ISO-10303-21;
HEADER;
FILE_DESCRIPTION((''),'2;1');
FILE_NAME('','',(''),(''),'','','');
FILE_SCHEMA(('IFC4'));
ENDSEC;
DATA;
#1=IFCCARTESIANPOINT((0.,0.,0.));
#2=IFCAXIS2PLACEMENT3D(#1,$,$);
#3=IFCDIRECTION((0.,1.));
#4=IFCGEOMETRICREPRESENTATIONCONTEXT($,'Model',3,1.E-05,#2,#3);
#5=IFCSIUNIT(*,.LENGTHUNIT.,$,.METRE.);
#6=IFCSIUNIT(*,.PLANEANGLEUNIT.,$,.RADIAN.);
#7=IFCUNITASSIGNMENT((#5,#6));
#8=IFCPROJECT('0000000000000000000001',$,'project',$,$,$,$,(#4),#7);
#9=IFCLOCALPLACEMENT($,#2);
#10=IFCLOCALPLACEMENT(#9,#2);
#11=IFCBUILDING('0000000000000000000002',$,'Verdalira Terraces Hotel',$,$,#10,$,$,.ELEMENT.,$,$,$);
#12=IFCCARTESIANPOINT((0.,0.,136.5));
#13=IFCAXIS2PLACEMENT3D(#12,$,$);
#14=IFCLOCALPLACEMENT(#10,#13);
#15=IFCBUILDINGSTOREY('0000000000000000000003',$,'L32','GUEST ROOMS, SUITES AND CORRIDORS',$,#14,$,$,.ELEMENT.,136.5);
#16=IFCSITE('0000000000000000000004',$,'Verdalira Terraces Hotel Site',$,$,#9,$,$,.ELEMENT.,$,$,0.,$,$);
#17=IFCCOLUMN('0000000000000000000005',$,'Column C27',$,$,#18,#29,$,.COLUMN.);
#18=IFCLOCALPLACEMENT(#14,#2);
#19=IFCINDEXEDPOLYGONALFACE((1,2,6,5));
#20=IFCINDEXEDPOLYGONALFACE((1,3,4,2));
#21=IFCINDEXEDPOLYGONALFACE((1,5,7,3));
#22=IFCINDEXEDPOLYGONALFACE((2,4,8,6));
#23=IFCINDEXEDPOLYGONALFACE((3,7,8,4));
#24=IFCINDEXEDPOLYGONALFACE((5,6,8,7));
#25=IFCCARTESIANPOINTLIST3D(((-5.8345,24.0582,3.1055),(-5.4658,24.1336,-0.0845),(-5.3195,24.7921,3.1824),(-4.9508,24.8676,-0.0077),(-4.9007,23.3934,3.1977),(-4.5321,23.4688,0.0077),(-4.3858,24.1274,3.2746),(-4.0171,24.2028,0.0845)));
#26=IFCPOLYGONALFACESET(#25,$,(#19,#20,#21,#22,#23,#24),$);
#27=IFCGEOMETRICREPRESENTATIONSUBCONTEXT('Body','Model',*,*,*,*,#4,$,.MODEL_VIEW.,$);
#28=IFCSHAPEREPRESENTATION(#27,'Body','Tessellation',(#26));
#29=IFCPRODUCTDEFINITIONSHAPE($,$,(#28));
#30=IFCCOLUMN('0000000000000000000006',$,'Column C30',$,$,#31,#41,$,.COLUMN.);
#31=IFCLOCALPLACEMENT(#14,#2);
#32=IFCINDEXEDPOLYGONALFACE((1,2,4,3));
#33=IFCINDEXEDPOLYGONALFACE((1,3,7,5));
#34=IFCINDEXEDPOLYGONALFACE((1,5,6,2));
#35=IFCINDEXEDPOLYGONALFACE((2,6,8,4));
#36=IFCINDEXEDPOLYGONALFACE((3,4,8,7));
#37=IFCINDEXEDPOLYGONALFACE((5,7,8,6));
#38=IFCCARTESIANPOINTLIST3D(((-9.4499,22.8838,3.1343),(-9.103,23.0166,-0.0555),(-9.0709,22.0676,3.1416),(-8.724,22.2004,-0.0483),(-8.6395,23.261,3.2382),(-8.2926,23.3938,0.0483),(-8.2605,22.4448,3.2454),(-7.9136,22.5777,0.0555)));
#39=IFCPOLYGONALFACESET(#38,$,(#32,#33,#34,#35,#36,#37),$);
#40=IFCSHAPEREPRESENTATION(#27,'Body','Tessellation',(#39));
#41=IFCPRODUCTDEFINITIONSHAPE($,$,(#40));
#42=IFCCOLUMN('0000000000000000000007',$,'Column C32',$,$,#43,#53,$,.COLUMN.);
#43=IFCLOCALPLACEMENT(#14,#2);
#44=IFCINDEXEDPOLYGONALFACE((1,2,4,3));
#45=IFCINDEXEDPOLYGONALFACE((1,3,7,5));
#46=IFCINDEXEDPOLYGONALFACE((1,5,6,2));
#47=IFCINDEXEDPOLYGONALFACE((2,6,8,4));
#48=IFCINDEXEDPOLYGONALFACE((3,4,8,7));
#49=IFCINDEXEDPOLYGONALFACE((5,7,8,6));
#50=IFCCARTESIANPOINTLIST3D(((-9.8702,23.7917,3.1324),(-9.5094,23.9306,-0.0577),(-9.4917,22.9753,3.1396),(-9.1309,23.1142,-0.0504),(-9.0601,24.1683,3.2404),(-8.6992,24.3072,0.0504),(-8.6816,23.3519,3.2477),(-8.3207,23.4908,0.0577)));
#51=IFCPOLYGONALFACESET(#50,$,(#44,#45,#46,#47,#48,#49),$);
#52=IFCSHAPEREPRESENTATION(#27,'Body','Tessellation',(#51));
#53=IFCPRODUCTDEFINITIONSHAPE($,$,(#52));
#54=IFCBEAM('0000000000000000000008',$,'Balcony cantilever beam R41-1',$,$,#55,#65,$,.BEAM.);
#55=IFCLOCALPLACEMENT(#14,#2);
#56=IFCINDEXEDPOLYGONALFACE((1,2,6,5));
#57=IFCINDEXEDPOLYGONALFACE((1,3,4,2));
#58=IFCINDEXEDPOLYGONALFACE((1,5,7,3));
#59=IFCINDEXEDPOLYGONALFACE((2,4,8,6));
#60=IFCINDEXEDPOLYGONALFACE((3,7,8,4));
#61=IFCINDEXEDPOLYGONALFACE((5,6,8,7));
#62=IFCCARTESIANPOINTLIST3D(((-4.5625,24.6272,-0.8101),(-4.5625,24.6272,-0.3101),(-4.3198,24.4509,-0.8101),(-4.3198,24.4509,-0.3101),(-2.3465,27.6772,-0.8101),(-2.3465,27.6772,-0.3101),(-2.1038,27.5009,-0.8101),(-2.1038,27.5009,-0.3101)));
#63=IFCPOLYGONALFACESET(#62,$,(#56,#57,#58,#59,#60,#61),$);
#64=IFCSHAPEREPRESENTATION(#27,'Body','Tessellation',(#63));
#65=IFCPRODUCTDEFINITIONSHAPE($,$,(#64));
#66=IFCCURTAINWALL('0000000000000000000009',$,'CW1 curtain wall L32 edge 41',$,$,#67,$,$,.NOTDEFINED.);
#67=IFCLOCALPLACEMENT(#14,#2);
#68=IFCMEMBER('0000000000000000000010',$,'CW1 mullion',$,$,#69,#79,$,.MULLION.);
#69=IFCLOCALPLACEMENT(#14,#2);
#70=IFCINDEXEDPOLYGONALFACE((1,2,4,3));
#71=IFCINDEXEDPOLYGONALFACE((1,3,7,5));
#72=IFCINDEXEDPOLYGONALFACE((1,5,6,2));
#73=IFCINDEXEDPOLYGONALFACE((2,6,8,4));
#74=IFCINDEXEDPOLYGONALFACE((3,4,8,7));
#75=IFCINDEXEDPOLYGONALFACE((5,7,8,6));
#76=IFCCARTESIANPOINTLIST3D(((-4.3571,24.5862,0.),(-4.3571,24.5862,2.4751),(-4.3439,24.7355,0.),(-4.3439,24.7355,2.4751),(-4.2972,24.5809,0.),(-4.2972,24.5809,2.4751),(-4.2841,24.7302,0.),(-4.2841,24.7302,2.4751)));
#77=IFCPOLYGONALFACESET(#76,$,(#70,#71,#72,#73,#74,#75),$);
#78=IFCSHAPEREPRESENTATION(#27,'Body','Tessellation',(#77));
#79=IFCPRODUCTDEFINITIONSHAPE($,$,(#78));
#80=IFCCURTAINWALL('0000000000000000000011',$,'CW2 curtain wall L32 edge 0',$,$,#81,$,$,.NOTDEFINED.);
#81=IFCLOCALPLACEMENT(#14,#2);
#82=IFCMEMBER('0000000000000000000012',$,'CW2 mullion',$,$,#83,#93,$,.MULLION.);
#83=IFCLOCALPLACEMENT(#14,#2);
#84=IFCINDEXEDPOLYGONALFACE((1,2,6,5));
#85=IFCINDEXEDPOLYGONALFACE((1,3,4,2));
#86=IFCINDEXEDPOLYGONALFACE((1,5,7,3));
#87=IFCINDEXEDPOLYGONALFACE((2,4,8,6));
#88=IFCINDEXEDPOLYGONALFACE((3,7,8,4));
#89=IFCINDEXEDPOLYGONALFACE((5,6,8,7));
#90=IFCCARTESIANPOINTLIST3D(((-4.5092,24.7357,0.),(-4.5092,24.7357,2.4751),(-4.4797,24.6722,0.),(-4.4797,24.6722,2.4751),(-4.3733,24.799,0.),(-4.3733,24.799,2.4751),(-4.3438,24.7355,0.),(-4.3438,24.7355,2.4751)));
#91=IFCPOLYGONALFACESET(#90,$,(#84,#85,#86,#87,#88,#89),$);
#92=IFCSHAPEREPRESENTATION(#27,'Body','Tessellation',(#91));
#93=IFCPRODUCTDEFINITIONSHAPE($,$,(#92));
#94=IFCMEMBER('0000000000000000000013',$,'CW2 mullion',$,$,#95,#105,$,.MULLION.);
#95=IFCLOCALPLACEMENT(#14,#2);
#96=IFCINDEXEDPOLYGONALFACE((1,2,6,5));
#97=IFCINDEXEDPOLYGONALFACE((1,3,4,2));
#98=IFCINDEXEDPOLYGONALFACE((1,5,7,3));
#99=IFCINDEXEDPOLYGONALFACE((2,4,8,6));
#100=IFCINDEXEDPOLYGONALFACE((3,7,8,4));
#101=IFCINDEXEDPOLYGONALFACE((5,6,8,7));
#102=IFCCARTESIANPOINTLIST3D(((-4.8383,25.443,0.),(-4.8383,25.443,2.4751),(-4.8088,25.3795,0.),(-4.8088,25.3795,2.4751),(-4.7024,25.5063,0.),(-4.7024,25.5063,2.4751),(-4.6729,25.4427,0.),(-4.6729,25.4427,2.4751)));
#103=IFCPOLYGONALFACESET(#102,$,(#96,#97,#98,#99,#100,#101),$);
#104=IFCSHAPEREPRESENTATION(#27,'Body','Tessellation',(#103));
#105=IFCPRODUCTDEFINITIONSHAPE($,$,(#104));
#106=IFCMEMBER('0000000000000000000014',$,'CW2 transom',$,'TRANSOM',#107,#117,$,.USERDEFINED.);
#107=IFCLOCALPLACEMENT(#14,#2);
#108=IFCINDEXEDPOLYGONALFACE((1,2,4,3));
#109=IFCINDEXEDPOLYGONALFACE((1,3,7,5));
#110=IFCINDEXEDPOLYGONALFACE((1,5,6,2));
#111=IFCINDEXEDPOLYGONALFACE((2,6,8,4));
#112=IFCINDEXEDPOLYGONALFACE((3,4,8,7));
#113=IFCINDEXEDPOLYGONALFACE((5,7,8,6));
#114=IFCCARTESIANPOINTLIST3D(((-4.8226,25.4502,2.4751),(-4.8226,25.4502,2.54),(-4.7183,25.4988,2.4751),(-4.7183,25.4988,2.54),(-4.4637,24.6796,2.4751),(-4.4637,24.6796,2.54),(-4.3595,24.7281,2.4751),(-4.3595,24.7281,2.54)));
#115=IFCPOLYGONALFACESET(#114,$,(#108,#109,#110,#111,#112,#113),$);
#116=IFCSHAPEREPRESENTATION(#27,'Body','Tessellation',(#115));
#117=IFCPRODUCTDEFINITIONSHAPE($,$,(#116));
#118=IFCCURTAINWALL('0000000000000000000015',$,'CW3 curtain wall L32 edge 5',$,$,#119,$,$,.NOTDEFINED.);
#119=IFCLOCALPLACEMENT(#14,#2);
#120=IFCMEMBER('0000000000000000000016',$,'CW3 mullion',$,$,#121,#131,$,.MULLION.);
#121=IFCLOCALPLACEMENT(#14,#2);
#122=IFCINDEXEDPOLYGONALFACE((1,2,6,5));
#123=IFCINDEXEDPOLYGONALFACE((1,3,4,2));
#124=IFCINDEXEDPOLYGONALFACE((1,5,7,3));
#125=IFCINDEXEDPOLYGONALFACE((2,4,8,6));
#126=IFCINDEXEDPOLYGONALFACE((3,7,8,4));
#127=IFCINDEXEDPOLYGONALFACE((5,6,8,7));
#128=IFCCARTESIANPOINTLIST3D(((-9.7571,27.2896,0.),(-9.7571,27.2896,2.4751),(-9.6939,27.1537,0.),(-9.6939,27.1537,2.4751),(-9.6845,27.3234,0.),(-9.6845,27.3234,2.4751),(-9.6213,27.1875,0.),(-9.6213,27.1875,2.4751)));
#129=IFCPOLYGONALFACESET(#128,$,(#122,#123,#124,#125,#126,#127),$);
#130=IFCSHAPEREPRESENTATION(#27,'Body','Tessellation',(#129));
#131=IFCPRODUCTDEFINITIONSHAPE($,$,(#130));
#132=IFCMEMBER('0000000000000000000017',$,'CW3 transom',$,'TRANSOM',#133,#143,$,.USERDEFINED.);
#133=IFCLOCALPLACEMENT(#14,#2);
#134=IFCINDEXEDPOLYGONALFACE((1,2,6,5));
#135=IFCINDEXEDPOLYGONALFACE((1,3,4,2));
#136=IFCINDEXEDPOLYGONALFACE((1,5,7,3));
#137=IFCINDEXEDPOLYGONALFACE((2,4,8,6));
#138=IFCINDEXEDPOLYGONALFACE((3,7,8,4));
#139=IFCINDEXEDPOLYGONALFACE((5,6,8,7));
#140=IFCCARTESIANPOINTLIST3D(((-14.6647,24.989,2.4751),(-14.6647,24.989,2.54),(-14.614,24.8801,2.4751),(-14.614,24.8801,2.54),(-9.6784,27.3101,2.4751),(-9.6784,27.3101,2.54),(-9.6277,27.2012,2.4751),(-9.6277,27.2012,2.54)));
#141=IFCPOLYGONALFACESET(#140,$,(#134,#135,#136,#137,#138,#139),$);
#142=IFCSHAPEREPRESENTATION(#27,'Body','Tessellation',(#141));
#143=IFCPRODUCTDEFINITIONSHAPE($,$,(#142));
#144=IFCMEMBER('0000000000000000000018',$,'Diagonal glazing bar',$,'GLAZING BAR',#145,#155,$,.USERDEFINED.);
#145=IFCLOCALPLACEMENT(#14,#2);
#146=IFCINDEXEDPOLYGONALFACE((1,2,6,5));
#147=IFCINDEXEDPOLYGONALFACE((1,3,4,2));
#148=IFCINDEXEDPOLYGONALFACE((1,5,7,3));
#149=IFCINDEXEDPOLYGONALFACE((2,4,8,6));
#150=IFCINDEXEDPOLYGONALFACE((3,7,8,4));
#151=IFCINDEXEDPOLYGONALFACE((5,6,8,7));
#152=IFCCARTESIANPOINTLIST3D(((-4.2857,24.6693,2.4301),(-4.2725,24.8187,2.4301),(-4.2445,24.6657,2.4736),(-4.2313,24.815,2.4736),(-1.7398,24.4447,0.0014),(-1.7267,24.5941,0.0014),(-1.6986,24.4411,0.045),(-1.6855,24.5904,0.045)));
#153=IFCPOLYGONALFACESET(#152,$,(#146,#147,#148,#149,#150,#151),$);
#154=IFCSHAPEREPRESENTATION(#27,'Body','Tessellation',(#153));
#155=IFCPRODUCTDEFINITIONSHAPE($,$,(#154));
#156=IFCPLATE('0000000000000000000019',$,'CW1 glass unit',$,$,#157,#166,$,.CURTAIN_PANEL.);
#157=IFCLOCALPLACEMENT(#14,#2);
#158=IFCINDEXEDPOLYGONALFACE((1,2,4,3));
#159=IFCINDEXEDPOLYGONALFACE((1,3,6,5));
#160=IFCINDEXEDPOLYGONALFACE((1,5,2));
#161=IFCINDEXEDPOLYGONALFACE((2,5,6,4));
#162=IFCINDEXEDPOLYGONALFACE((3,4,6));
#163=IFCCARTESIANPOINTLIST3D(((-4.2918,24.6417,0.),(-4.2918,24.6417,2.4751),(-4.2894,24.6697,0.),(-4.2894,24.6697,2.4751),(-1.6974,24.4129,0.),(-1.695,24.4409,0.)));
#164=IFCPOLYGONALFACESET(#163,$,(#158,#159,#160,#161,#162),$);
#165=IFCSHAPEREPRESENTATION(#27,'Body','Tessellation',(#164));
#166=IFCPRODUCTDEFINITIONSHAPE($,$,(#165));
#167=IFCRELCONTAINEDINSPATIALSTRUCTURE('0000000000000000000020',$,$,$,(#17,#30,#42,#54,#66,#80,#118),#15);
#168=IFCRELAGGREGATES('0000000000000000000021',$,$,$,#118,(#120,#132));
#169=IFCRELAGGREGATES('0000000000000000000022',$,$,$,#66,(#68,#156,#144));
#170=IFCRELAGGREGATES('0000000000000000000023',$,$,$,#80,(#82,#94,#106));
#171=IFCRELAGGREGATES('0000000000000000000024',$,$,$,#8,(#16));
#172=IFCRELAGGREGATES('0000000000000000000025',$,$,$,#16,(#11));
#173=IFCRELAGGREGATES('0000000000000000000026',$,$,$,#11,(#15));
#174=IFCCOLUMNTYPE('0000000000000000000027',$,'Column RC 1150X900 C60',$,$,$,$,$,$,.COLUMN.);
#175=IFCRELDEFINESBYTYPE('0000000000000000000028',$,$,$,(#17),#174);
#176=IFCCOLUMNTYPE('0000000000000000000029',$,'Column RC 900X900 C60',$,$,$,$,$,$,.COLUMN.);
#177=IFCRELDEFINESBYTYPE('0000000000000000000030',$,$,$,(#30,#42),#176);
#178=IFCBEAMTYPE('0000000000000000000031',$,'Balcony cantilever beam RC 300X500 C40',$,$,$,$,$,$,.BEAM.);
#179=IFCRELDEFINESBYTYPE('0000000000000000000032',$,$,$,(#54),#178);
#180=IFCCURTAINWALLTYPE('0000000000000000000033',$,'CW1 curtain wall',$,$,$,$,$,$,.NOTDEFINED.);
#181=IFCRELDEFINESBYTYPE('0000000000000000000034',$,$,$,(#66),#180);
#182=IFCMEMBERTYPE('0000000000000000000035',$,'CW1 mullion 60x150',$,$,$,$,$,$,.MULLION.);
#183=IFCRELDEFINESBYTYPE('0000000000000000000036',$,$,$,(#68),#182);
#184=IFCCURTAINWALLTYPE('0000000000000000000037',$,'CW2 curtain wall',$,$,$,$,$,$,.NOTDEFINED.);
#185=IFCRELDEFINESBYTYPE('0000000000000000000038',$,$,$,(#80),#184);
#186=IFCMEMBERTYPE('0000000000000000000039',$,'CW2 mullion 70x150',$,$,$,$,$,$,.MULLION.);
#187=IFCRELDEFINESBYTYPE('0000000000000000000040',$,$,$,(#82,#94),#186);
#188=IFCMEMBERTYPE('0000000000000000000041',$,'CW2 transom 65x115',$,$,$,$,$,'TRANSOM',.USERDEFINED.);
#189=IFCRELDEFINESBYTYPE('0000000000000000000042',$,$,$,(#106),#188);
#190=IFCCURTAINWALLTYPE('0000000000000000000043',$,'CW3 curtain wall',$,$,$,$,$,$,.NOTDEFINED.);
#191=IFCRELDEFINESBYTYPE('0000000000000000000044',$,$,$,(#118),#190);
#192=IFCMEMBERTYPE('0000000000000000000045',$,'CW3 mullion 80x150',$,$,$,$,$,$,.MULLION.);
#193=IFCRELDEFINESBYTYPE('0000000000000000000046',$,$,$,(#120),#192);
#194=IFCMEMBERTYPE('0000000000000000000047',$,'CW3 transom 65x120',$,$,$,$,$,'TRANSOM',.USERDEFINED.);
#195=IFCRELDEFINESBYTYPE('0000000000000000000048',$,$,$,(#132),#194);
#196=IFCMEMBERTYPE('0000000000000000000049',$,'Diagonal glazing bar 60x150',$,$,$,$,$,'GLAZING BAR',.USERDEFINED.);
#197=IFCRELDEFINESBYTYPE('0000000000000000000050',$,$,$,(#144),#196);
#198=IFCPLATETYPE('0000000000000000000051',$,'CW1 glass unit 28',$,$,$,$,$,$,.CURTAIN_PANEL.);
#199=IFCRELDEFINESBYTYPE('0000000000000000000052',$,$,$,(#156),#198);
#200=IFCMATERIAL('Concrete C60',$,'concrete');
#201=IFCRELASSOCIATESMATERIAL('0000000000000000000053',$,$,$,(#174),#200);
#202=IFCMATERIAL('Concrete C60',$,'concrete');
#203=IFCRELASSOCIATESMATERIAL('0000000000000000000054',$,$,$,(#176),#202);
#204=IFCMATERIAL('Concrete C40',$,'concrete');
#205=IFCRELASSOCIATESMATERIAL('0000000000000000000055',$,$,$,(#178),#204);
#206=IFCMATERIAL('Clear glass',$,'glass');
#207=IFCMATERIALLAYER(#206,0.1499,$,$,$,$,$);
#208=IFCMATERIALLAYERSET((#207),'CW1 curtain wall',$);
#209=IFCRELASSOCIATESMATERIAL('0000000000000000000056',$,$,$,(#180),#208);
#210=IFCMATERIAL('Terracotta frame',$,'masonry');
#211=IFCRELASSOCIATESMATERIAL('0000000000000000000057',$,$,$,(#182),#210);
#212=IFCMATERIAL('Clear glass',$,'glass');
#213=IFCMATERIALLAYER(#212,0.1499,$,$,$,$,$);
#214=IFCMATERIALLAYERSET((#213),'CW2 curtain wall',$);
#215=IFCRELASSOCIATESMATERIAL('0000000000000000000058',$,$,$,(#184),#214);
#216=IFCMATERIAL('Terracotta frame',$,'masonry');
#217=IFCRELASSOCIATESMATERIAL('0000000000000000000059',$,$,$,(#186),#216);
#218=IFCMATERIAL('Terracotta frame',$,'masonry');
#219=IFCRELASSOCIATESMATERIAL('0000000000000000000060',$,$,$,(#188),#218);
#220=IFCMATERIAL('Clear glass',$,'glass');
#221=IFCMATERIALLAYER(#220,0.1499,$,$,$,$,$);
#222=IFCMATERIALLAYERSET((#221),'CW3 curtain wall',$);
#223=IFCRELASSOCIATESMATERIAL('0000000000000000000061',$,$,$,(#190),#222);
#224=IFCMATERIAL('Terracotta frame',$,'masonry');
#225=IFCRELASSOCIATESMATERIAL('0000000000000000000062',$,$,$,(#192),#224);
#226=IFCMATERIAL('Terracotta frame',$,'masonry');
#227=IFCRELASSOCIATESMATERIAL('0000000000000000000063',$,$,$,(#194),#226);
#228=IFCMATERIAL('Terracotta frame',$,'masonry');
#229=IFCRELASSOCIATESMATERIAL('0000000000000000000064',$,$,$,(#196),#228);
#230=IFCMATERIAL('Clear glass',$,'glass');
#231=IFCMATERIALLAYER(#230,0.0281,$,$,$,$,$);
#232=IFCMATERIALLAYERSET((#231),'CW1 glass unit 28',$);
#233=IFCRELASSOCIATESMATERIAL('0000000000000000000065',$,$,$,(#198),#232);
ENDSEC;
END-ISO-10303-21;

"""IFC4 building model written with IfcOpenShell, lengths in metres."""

from ifc_helpers import new_model, si_unit, direction, frame, origin, origin_2d, place, context, subcontext, project, spatial, polyline, rectangle, outline, extrude, material, layer, layer_set, material_profile, profile_set, type_object, element, aggregate, save


model = new_model("IFC4")

# Units and contexts
model_context = context("Model", 3, precision=1e-05, world=origin(), true_north=direction((0.0, 1.0)))
body_context = subcontext(model_context, "Body", "Model", "MODEL_VIEW")
ifc_project = project(units=[si_unit("LENGTHUNIT", "METRE"), si_unit("PLANEANGLEUNIT", "RADIAN")], contexts=[model_context])

# Site, building, storey
site_placement = place(None, origin())
site = spatial("IfcSite", under=ifc_project, at=site_placement, Name="Verdalira Terraces Hotel Site", CompositionType="ELEMENT", RefElevation=0.0)
building_placement = place(site_placement, origin())
building = spatial("IfcBuilding", under=site, at=building_placement, Name="Verdalira Terraces Hotel", CompositionType="ELEMENT")
storey_placement = place(building_placement, frame((0.0, 0.0, 136.5)))
storey = spatial("IfcBuildingStorey", under=building, at=storey_placement, Name="L32", Description="GUEST ROOMS, SUITES AND CORRIDORS", CompositionType="ELEMENT", Elevation=136.5)

# Columns
ifc_material_1 = material(Name="Concrete C60", Category="concrete")
ifc_material_profile_1 = material_profile(ifc_material_1, rectangle(XDim=1.1499, YDim=0.8999, at=origin_2d()), Name="RC 1150X900")
ifc_profile_set_1 = profile_set([ifc_material_profile_1], Name="Concrete C60")
column_type_1 = type_object("IfcColumnType", Name="Column RC 1150X900 C60", PredefinedType="COLUMN", material=ifc_profile_set_1)
column_1_placement = place(storey_placement, frame((-4.7415, 24.1682, 0.0), z_axis=(-0.114771, -0.023486, 0.993114), x_axis=(0.812005, -0.578118, 0.080169)))
element("IfcColumn", 1, at=column_1_placement, inside=storey, type_object=column_type_1, Name="Column C27", PredefinedType="COLUMN", context=body_context, shape_type="SweptSolid", body=[
    extrude(rectangle(XDim=1.1499, YDim=0.8999, at=origin_2d()), origin(), (0.0, 0.0, 1.0), 3.2122),
])
ifc_material_2 = material(Name="Concrete C60", Category="concrete")
ifc_material_profile_2 = material_profile(ifc_material_2, rectangle(XDim=0.8999, YDim=0.8999, at=origin_2d()), Name="RC 900X900")
ifc_profile_set_2 = profile_set([ifc_material_profile_2], Name="Concrete C60")
column_type_2 = type_object("IfcColumnType", Name="Column RC 900X900 C60", PredefinedType="COLUMN", material=ifc_profile_set_2)
column_2_placement = place(storey_placement, frame((-8.5083, 22.7971, 0.0), z_axis=(-0.108026, -0.041355, 0.993288), x_axis=(-0.421154, 0.906954, -0.008042)))
element("IfcColumn", 2, at=column_2_placement, inside=storey, type_object=column_type_2, Name="Column C30", PredefinedType="COLUMN", context=body_context, shape_type="SweptSolid", body=[
    extrude(rectangle(XDim=0.8999, YDim=0.8999, at=origin_2d()), origin(), (0.0, 0.0, 1.0), 3.2114),
])
column_3_placement = place(storey_placement, frame((-8.915, 23.7107, 0.0), z_axis=(-0.112296, -0.043232, 0.992734), x_axis=(-0.420609, 0.907206, -0.008071)))
element("IfcColumn", 3, at=column_3_placement, inside=storey, type_object=column_type_2, Name="Column C32", PredefinedType="COLUMN", context=body_context, shape_type="SweptSolid", body=[
    extrude(rectangle(XDim=0.8999, YDim=0.8999, at=origin_2d()), origin(), (0.0, 0.0, 1.0), 3.2134),
])

# Beam
ifc_material_3 = material(Name="Concrete C40", Category="concrete")
ifc_material_profile_3 = material_profile(ifc_material_3, rectangle(XDim=0.3, YDim=0.5, at=origin_2d()), Name="RC 300X500")
ifc_profile_set_3 = profile_set([ifc_material_profile_3], Name="Concrete C40")
beam_type = type_object("IfcBeamType", Name="Balcony cantilever beam RC 300X500 C40", PredefinedType="BEAM", material=ifc_profile_set_3)
beam_placement = place(storey_placement, frame((-4.4412, 24.5391, -0.5601), z_axis=(0.587798, 0.809008, 0.0), x_axis=(-0.809008, 0.587798, 0.0)))
element("IfcBeam", 4, at=beam_placement, inside=storey, type_object=beam_type, Name="Balcony cantilever beam R41-1", PredefinedType="BEAM", context=body_context, shape_type="SweptSolid", body=[
    extrude(rectangle(XDim=0.3, YDim=0.5, at=origin_2d()), origin(), (0.0, 0.0, 1.0), 3.77),
])

# Curtain wall, member
ifc_material_4 = material(Name="Clear glass", Category="glass")
ifc_layer_1 = layer(ifc_material_4, 0.1499)
ifc_layer_set_1 = layer_set([ifc_layer_1], Name="CW1 curtain wall")
curtain_wall_type_1 = type_object("IfcCurtainWallType", Name="CW1 curtain wall", PredefinedType="NOTDEFINED", material=ifc_layer_set_1)
curtain_wall_1_placement = place(storey_placement, origin())
curtain_wall_1 = element("IfcCurtainWall", 5, at=curtain_wall_1_placement, inside=storey, type_object=curtain_wall_type_1, Name="CW1 curtain wall L32 edge 41", PredefinedType="NOTDEFINED")
ifc_material_5 = material(Name="Terracotta frame", Category="masonry")
ifc_material_profile_4 = material_profile(ifc_material_5, rectangle(XDim=0.0601, YDim=0.1499, at=origin_2d()), Name="MU 60x150")
ifc_profile_set_4 = profile_set([ifc_material_profile_4], Name="Terracotta frame")
member_type_1 = type_object("IfcMemberType", Name="CW1 mullion 60x150", PredefinedType="MULLION", material=ifc_profile_set_4)
member_1_placement = place(storey_placement, frame((-4.3206, 24.6582, 0.0), z_axis=(0.0, 0.0, 1.0), x_axis=(-0.996134, 0.087851, 0.0)))
member_1 = element("IfcMember", 6, at=member_1_placement, type_object=member_type_1, Name="CW1 mullion", PredefinedType="MULLION", context=body_context, shape_type="SweptSolid", body=[
    extrude(rectangle(XDim=0.0601, YDim=0.1499, at=origin_2d()), origin(), (0.0, 0.0, 1.0), 2.4751),
])

# Curtain walls, members
ifc_material_6 = material(Name="Clear glass", Category="glass")
ifc_layer_2 = layer(ifc_material_6, 0.1499)
ifc_layer_set_2 = layer_set([ifc_layer_2], Name="CW2 curtain wall")
curtain_wall_type_2 = type_object("IfcCurtainWallType", Name="CW2 curtain wall", PredefinedType="NOTDEFINED", material=ifc_layer_set_2)
curtain_wall_2_placement = place(storey_placement, origin())
curtain_wall_2 = element("IfcCurtainWall", 7, at=curtain_wall_2_placement, inside=storey, type_object=curtain_wall_type_2, Name="CW2 curtain wall L32 edge 0", PredefinedType="NOTDEFINED")
ifc_material_7 = material(Name="Terracotta frame", Category="masonry")
ifc_material_profile_5 = material_profile(ifc_material_7, rectangle(XDim=0.0701, YDim=0.1499, at=origin_2d()), Name="MU 70x150")
ifc_profile_set_5 = profile_set([ifc_material_profile_5], Name="Terracotta frame")
member_type_2 = type_object("IfcMemberType", Name="CW2 mullion 70x150", PredefinedType="MULLION", material=ifc_profile_set_5)
member_2_placement = place(storey_placement, frame((-4.4265, 24.7356, 0.0), z_axis=(0.0, 0.0, 1.0), x_axis=(-0.421985, 0.906603, 0.0)))
member_2 = element("IfcMember", 8, at=member_2_placement, type_object=member_type_2, Name="CW2 mullion", PredefinedType="MULLION", context=body_context, shape_type="SweptSolid", body=[
    extrude(rectangle(XDim=0.0701, YDim=0.1499, at=origin_2d()), origin(), (0.0, 0.0, 1.0), 2.4751),
])
member_3_placement = place(storey_placement, frame((-4.7556, 25.4429, 0.0), z_axis=(0.0, 0.0, 1.0), x_axis=(-0.421985, 0.906603, 0.0)))
member_3 = element("IfcMember", 9, at=member_3_placement, type_object=member_type_2, Name="CW2 mullion", PredefinedType="MULLION", context=body_context, shape_type="SweptSolid", body=[
    extrude(rectangle(XDim=0.0701, YDim=0.1499, at=origin_2d()), origin(), (0.0, 0.0, 1.0), 2.4751),
])
ifc_material_8 = material(Name="Terracotta frame", Category="masonry")
ifc_material_profile_6 = material_profile(ifc_material_8, rectangle(XDim=0.115, YDim=0.0649, at=origin_2d()), Name="TR 65x115")
ifc_profile_set_6 = profile_set([ifc_material_profile_6], Name="Terracotta frame")
member_type_3 = type_object("IfcMemberType", Name="CW2 transom 65x115", ElementType="TRANSOM", PredefinedType="USERDEFINED", material=ifc_profile_set_6)
member_4_placement = place(storey_placement, frame((-4.4116, 24.7039, 2.5076), z_axis=(-0.422115, 0.906542, 0.0), x_axis=(-0.906542, -0.422115, 0.0)))
member_4 = element("IfcMember", 10, at=member_4_placement, type_object=member_type_3, Name="CW2 transom", ObjectType="TRANSOM", PredefinedType="USERDEFINED", context=body_context, shape_type="SweptSolid", body=[
    extrude(rectangle(XDim=0.115, YDim=0.0649, at=origin_2d()), origin(), (0.0, 0.0, 1.0), 0.8501),
])
ifc_material_9 = material(Name="Clear glass", Category="glass")
ifc_layer_3 = layer(ifc_material_9, 0.1499)
ifc_layer_set_3 = layer_set([ifc_layer_3], Name="CW3 curtain wall")
curtain_wall_type_3 = type_object("IfcCurtainWallType", Name="CW3 curtain wall", PredefinedType="NOTDEFINED", material=ifc_layer_set_3)
curtain_wall_3_placement = place(storey_placement, origin())
curtain_wall_3 = element("IfcCurtainWall", 11, at=curtain_wall_3_placement, inside=storey, type_object=curtain_wall_type_3, Name="CW3 curtain wall L32 edge 5", PredefinedType="NOTDEFINED")
ifc_material_10 = material(Name="Terracotta frame", Category="masonry")
ifc_material_profile_7 = material_profile(ifc_material_10, rectangle(XDim=0.0801, YDim=0.1499, at=origin_2d()), Name="MU 80x150")
ifc_profile_set_7 = profile_set([ifc_material_profile_7], Name="Terracotta frame")
member_type_4 = type_object("IfcMemberType", Name="CW3 mullion 80x150", PredefinedType="MULLION", material=ifc_profile_set_7)
member_5_placement = place(storey_placement, frame((-9.6892, 27.2385, 0.0), z_axis=(0.0, 0.0, 1.0), x_axis=(-0.906603, -0.421985, 0.0)))
member_5 = element("IfcMember", 12, at=member_5_placement, type_object=member_type_4, Name="CW3 mullion", PredefinedType="MULLION", context=body_context, shape_type="SweptSolid", body=[
    extrude(rectangle(XDim=0.0801, YDim=0.1499, at=origin_2d()), origin(), (0.0, 0.0, 1.0), 2.4751),
])
ifc_material_11 = material(Name="Terracotta frame", Category="masonry")
ifc_material_profile_8 = material_profile(ifc_material_11, rectangle(XDim=0.1201, YDim=0.0649, at=origin_2d()), Name="TR 65x120")
ifc_profile_set_8 = profile_set([ifc_material_profile_8], Name="Terracotta frame")
member_type_5 = type_object("IfcMemberType", Name="CW3 transom 65x120", ElementType="TRANSOM", PredefinedType="USERDEFINED", material=ifc_profile_set_8)
member_6_placement = place(storey_placement, frame((-9.6531, 27.2556, 2.5076), z_axis=(-0.906594, -0.422003, 0.0), x_axis=(0.422003, -0.906594, 0.0)))
member_6 = element("IfcMember", 13, at=member_6_placement, type_object=member_type_5, Name="CW3 transom", ObjectType="TRANSOM", PredefinedType="USERDEFINED", context=body_context, shape_type="SweptSolid", body=[
    extrude(rectangle(XDim=0.1201, YDim=0.0649, at=origin_2d()), origin(), (0.0, 0.0, 1.0), 5.5),
])
aggregate(curtain_wall_3, [member_5, member_6])

# Member
ifc_material_12 = material(Name="Terracotta frame", Category="masonry")
ifc_material_profile_9 = material_profile(ifc_material_12, rectangle(XDim=0.1499, YDim=0.0601, at=origin_2d()), Name="GB 60x150")
ifc_profile_set_9 = profile_set([ifc_material_profile_9], Name="Terracotta frame")
member_type_6 = type_object("IfcMemberType", Name="Diagonal glazing bar 60x150", ElementType="GLAZING BAR", PredefinedType="USERDEFINED", material=ifc_profile_set_9)
member_7_placement = place(storey_placement, frame((-1.7126, 24.5176, 0.0232), z_axis=(-0.722094, 0.063706, 0.688856), x_axis=(-0.087883, -0.996131, 0.0)))
member_7 = element("IfcMember", 14, at=member_7_placement, type_object=member_type_6, Name="Diagonal glazing bar", ObjectType="GLAZING BAR", PredefinedType="USERDEFINED", context=body_context, shape_type="SweptSolid", body=[
    extrude(rectangle(XDim=0.1499, YDim=0.0601, at=origin_2d()), origin(), (0.0, 0.0, 1.0), 3.5256),
])

# Plate
ifc_material_13 = material(Name="Clear glass", Category="glass")
ifc_layer_4 = layer(ifc_material_13, 0.0281)
ifc_layer_set_4 = layer_set([ifc_layer_4], Name="CW1 glass unit 28")
plate_type_1 = type_object("IfcPlateType", Name="CW1 glass unit 28", PredefinedType="CURTAIN_PANEL", material=ifc_layer_set_4)
plate_1_placement = place(storey_placement, frame((-2.9946, 24.5273, 1.2375), z_axis=(0.087851, 0.996134, 0.0), x_axis=(-0.996134, 0.087851, 0.0)))
plate_1 = element("IfcPlate", 15, at=plate_1_placement, type_object=plate_type_1, Name="CW1 glass unit", PredefinedType="CURTAIN_PANEL", context=body_context, shape_type="SweptSolid", body=[
    extrude(outline(polyline([(-1.3022, -1.2375), (1.3022, -1.2375), (1.3022, 1.2375), (-1.3022, -1.2375)])), origin(), (0.0, 0.0, 1.0), 0.0281),
])
aggregate(curtain_wall_1, [member_1, plate_1, member_7])
aggregate(curtain_wall_2, [member_2, member_3, member_4])

save(model, "model.ifc")
